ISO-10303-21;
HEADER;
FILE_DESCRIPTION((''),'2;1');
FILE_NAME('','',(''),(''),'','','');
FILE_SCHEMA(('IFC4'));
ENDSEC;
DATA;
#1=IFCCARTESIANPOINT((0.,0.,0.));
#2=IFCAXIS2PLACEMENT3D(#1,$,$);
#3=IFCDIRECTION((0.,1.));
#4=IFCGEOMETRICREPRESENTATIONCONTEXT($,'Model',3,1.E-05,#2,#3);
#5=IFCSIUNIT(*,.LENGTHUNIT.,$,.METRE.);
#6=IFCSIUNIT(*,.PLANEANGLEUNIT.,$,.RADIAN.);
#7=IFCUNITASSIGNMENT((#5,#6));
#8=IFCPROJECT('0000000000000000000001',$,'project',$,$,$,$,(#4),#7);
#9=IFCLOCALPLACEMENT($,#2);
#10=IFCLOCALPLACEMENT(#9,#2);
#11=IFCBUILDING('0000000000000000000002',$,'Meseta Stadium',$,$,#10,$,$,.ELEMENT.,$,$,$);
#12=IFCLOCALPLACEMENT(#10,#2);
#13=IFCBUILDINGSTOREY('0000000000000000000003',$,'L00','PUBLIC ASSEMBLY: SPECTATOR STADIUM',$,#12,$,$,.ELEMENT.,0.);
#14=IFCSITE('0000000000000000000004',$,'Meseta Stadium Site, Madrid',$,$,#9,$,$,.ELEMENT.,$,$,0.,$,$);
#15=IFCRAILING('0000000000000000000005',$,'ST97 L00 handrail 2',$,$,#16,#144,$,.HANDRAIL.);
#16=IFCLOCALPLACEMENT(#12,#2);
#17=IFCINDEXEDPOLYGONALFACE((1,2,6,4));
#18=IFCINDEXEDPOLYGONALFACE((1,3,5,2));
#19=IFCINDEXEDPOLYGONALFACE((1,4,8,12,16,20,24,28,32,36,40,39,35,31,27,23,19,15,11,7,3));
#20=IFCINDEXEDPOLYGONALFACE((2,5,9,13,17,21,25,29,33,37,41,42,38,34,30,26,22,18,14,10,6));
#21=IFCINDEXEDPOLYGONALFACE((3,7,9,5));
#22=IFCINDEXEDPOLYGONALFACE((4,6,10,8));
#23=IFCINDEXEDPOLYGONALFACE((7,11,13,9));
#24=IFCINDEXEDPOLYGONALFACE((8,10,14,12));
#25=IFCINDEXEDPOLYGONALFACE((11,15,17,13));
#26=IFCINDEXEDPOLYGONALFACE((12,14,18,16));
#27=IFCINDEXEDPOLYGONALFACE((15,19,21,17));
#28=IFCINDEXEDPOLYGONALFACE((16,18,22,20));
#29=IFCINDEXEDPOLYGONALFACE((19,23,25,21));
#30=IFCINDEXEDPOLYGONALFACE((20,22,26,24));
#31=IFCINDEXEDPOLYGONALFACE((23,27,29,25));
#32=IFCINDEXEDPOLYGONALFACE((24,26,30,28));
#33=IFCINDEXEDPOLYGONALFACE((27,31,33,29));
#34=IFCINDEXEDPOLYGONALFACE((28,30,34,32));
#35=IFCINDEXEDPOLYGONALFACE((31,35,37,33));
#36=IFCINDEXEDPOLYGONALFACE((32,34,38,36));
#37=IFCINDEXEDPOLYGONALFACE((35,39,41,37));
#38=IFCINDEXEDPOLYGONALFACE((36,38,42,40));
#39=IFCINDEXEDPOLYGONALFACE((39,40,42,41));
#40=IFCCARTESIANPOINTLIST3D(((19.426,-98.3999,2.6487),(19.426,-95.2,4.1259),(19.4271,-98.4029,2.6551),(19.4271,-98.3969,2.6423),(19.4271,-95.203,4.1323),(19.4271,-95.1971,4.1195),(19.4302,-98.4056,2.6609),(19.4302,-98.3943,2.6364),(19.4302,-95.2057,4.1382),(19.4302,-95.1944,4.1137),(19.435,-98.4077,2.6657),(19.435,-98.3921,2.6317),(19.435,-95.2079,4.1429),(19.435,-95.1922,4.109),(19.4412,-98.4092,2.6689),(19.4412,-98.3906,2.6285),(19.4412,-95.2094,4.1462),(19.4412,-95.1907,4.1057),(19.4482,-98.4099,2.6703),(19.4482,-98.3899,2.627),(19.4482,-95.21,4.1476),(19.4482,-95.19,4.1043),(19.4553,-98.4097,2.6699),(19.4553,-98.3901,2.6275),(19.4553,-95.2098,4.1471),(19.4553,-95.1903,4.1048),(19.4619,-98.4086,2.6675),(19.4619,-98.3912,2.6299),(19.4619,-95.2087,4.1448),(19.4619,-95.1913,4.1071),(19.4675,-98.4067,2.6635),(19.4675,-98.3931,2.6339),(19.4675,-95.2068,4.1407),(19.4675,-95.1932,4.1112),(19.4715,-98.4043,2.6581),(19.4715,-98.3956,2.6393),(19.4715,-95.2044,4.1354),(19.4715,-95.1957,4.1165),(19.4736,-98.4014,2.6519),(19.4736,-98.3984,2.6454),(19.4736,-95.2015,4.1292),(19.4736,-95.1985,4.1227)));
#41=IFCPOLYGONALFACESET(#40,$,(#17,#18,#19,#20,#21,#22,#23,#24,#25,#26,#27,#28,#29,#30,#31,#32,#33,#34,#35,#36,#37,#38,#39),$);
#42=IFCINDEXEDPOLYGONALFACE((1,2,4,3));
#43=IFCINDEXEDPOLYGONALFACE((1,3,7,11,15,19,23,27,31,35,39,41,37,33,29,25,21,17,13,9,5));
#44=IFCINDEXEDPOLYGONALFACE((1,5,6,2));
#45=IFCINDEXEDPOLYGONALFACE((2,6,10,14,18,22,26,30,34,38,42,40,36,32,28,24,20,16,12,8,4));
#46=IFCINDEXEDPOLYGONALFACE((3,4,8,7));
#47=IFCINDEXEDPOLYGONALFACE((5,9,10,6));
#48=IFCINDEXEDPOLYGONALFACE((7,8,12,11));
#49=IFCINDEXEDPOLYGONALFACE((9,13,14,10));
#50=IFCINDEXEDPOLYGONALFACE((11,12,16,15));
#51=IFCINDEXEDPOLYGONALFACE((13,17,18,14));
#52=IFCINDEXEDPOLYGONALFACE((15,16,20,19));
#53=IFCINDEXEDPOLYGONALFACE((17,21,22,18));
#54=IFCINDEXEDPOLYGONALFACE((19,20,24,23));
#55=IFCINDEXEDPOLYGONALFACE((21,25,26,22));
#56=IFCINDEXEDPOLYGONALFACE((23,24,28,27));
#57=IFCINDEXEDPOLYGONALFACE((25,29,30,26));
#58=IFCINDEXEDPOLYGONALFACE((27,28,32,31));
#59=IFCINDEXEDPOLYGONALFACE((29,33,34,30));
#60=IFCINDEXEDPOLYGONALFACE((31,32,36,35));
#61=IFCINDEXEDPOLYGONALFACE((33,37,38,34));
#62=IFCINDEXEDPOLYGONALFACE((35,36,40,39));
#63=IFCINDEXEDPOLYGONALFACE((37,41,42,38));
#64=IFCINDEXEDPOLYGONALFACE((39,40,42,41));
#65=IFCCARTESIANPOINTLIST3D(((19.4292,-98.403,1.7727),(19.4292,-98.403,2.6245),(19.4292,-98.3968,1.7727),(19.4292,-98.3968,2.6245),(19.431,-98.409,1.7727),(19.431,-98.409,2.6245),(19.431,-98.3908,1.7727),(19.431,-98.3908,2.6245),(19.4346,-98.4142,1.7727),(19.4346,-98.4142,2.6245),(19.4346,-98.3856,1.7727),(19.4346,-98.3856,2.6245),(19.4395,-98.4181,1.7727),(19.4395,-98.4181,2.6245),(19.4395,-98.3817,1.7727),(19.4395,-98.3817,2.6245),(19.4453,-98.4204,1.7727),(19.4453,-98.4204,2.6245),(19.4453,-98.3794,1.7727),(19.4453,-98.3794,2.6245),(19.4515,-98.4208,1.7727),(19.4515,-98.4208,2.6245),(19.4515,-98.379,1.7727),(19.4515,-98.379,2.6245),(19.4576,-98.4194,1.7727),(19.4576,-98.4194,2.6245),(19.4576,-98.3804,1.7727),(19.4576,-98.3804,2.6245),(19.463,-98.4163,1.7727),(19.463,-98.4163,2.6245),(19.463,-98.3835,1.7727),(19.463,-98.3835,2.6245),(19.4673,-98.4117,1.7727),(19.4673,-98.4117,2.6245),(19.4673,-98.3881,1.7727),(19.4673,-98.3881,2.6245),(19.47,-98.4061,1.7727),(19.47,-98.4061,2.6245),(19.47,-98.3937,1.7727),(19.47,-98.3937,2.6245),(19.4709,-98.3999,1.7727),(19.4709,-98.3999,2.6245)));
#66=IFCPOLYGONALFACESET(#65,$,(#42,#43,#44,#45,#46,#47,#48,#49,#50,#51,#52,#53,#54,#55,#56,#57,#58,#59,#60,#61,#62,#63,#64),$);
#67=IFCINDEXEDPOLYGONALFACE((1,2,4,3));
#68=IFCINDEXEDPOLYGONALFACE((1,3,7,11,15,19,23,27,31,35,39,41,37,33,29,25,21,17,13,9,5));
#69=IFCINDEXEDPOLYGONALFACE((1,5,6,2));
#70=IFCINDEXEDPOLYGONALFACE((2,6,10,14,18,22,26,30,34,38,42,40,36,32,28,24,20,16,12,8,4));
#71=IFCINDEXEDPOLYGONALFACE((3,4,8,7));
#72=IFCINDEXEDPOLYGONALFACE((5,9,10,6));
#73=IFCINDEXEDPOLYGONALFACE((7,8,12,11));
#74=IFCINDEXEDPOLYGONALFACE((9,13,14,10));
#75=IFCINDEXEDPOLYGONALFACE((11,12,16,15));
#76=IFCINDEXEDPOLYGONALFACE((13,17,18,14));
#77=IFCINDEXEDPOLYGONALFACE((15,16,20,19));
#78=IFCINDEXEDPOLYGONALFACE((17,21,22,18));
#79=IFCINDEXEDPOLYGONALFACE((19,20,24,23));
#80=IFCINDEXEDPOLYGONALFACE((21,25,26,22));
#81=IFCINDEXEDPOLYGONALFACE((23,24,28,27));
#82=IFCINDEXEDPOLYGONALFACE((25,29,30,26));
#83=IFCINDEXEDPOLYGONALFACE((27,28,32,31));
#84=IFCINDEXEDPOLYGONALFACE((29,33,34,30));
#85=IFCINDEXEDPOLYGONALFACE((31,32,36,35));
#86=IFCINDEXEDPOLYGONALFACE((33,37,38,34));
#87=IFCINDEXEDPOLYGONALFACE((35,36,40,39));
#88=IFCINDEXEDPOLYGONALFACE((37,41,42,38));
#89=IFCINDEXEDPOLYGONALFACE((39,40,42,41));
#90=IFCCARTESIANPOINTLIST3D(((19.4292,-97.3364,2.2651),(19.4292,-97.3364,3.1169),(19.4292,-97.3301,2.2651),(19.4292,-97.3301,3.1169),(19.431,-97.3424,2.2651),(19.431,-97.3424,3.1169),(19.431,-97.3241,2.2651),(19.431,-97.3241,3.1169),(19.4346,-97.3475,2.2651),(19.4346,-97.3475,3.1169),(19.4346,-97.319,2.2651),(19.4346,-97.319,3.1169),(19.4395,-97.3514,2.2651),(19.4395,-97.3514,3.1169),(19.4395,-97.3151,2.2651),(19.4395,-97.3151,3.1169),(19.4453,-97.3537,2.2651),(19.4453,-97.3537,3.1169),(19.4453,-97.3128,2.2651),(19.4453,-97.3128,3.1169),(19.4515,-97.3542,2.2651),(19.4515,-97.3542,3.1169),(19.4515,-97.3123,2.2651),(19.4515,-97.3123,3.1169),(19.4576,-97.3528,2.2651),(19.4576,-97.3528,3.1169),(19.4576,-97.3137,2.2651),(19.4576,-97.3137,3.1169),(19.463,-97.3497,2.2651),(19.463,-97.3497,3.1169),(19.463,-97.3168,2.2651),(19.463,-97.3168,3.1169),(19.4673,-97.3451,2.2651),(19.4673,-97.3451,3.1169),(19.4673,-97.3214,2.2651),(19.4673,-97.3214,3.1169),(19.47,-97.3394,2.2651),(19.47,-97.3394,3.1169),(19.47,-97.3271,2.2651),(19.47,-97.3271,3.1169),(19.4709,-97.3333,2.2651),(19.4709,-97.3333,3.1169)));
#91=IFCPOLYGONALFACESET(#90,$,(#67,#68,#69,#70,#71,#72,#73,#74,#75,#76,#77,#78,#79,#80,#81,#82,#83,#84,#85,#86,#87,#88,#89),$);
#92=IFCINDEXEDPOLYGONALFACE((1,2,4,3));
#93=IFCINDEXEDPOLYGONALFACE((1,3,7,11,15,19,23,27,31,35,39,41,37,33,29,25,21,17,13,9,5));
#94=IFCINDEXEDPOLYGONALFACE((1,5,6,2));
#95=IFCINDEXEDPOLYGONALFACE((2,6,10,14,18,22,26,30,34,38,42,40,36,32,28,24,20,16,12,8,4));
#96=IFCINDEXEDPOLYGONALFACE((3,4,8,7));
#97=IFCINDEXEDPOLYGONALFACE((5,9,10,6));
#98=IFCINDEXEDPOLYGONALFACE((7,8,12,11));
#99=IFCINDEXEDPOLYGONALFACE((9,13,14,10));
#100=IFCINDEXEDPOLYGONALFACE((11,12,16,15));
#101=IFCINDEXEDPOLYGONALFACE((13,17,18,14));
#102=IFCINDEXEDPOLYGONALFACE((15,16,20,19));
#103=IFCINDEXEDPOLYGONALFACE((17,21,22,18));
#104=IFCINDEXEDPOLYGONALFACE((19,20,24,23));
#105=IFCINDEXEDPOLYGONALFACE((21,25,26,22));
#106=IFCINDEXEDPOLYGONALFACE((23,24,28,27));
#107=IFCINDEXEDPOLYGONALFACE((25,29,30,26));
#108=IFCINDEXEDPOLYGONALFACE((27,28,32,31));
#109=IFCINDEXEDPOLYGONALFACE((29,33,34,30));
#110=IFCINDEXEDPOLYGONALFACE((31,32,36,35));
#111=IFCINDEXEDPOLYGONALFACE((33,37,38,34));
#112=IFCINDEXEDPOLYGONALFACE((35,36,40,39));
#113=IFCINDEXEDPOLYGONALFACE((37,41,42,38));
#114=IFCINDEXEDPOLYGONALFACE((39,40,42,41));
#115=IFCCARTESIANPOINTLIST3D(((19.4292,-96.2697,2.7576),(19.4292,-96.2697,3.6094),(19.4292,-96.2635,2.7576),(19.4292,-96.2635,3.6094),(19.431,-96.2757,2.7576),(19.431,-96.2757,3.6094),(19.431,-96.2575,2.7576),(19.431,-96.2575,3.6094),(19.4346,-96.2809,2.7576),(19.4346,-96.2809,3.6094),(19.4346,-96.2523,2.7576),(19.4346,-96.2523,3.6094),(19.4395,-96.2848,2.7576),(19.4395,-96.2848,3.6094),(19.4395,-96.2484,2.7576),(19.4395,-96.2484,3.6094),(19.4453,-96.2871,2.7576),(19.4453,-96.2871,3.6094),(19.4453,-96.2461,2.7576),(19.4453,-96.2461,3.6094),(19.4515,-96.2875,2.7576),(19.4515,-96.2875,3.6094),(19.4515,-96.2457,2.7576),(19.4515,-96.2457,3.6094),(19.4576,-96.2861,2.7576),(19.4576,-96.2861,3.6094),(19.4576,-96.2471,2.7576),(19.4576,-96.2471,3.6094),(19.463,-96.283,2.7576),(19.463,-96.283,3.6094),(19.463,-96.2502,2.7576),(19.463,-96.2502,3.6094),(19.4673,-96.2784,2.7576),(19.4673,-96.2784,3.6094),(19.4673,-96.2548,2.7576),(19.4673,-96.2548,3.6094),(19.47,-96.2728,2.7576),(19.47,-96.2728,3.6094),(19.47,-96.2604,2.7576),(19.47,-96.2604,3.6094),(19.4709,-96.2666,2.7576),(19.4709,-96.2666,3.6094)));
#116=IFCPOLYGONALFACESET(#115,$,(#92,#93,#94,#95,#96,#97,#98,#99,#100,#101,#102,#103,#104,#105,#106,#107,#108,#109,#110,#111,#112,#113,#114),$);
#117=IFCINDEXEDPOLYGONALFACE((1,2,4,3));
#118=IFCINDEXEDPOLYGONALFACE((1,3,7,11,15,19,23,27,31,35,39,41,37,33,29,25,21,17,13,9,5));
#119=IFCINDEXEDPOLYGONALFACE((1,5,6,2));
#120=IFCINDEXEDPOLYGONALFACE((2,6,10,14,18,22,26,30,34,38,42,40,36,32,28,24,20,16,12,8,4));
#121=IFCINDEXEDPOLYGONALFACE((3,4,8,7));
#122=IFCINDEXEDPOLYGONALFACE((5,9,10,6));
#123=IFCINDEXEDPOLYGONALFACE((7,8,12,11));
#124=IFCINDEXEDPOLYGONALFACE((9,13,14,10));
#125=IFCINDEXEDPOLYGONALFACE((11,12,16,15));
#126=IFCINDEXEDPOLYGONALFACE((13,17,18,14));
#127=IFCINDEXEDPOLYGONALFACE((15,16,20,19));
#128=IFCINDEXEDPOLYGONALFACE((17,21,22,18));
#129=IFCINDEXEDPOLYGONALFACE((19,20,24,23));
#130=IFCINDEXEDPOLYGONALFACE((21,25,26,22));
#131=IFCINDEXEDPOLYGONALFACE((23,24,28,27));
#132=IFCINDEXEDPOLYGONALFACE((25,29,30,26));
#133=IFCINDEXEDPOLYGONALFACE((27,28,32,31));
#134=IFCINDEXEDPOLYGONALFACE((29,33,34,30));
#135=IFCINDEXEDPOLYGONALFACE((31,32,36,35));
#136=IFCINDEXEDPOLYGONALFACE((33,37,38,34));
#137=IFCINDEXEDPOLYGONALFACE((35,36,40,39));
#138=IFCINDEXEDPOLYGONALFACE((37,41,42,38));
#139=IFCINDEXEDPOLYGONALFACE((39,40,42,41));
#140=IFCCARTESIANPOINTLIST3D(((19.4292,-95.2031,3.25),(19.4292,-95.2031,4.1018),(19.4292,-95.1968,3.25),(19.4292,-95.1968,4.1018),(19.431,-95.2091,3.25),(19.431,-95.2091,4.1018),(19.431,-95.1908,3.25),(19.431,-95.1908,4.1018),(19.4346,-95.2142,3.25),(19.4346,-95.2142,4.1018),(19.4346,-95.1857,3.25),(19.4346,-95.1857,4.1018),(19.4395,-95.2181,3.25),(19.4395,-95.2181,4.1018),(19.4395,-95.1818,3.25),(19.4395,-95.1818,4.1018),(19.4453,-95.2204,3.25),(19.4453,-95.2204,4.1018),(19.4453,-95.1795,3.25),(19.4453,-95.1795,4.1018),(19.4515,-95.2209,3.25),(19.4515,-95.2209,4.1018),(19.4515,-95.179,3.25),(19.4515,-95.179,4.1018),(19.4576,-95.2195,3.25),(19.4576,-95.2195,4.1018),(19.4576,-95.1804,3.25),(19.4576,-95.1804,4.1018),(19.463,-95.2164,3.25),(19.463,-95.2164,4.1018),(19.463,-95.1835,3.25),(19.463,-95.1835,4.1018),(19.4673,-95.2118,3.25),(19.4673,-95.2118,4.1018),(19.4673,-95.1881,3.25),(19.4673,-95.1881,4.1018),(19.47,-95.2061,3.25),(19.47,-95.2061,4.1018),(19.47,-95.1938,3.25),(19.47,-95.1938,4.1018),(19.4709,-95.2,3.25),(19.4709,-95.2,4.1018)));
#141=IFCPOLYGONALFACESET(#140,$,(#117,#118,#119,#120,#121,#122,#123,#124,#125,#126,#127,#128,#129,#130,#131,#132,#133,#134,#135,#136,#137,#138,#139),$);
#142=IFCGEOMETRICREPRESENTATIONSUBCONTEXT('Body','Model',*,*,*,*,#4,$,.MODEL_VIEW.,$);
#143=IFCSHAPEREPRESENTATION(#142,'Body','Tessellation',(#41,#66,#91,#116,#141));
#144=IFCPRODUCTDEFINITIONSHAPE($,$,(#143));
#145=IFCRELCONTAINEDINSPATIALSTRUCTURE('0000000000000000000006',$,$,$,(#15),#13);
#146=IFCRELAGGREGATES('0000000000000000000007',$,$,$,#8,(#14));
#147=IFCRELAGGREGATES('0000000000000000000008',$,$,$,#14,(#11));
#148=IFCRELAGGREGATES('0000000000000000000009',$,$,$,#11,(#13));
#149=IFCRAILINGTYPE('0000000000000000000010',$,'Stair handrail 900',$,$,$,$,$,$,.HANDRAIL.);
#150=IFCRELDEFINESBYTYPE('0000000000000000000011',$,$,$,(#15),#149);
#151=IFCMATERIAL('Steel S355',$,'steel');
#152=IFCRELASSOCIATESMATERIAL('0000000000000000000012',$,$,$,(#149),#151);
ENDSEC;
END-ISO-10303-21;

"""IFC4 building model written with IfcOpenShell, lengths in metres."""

from ifc_helpers import new_model, si_unit, direction, frame, origin, origin_2d, place, context, subcontext, project, spatial, circle, extrude, material, type_object, element, save


model = new_model("IFC4")

# Units and contexts
model_context = context("Model", 3, precision=1e-05, world=origin(), true_north=direction((0.0, 1.0)))
body_context = subcontext(model_context, "Body", "Model", "MODEL_VIEW")
ifc_project = project(units=[si_unit("LENGTHUNIT", "METRE"), si_unit("PLANEANGLEUNIT", "RADIAN")], contexts=[model_context])

# Site, building, storey
site_placement = place(None, origin())
site = spatial("IfcSite", under=ifc_project, at=site_placement, Name="Meseta Stadium Site, Madrid", CompositionType="ELEMENT", RefElevation=0.0)
building_placement = place(site_placement, origin())
building = spatial("IfcBuilding", under=site, at=building_placement, Name="Meseta Stadium", CompositionType="ELEMENT")
storey_placement = place(building_placement, origin())
storey = spatial("IfcBuildingStorey", under=building, at=storey_placement, Name="L00", Description="PUBLIC ASSEMBLY: SPECTATOR STADIUM", CompositionType="ELEMENT", Elevation=0.0)

# Railing
ifc_material_1 = material(Name="Steel S355", Category="steel")
railing_type_1 = type_object("IfcRailingType", Name="Stair handrail 900", PredefinedType="HANDRAIL", material=ifc_material_1)
railing_1_placement = place(storey_placement, frame((19.45, -98.3999, 1.7727)))
element("IfcRailing", 1, at=railing_1_placement, inside=storey, type_object=railing_type_1, Name="ST97 L00 handrail 2", PredefinedType="HANDRAIL", context=body_context, shape_type="SweptSolid", body=[
    extrude(circle(Radius=0.0239, at=origin_2d()), frame((0.0, 0.0, 0.876), z_axis=(0.0, 0.907917, 0.41915), x_axis=(-1.0, 0.0, 0.0)), (0.0, 0.0, 1.0), 3.5244),
    extrude(circle(Radius=0.021, at=origin_2d()), origin(), (0.0, 0.0, 1.0), 0.8518),
    extrude(circle(Radius=0.021, at=origin_2d()), frame((0.0, 1.0667, 0.4924)), (0.0, 0.0, 1.0), 0.8518),
    extrude(circle(Radius=0.021, at=origin_2d()), frame((0.0, 2.1333, 0.9849)), (0.0, 0.0, 1.0), 0.8518),
    extrude(circle(Radius=0.021, at=origin_2d()), frame((0.0, 3.2, 1.4773)), (0.0, 0.0, 1.0), 0.8518),
])

save(model, "model.ifc")
